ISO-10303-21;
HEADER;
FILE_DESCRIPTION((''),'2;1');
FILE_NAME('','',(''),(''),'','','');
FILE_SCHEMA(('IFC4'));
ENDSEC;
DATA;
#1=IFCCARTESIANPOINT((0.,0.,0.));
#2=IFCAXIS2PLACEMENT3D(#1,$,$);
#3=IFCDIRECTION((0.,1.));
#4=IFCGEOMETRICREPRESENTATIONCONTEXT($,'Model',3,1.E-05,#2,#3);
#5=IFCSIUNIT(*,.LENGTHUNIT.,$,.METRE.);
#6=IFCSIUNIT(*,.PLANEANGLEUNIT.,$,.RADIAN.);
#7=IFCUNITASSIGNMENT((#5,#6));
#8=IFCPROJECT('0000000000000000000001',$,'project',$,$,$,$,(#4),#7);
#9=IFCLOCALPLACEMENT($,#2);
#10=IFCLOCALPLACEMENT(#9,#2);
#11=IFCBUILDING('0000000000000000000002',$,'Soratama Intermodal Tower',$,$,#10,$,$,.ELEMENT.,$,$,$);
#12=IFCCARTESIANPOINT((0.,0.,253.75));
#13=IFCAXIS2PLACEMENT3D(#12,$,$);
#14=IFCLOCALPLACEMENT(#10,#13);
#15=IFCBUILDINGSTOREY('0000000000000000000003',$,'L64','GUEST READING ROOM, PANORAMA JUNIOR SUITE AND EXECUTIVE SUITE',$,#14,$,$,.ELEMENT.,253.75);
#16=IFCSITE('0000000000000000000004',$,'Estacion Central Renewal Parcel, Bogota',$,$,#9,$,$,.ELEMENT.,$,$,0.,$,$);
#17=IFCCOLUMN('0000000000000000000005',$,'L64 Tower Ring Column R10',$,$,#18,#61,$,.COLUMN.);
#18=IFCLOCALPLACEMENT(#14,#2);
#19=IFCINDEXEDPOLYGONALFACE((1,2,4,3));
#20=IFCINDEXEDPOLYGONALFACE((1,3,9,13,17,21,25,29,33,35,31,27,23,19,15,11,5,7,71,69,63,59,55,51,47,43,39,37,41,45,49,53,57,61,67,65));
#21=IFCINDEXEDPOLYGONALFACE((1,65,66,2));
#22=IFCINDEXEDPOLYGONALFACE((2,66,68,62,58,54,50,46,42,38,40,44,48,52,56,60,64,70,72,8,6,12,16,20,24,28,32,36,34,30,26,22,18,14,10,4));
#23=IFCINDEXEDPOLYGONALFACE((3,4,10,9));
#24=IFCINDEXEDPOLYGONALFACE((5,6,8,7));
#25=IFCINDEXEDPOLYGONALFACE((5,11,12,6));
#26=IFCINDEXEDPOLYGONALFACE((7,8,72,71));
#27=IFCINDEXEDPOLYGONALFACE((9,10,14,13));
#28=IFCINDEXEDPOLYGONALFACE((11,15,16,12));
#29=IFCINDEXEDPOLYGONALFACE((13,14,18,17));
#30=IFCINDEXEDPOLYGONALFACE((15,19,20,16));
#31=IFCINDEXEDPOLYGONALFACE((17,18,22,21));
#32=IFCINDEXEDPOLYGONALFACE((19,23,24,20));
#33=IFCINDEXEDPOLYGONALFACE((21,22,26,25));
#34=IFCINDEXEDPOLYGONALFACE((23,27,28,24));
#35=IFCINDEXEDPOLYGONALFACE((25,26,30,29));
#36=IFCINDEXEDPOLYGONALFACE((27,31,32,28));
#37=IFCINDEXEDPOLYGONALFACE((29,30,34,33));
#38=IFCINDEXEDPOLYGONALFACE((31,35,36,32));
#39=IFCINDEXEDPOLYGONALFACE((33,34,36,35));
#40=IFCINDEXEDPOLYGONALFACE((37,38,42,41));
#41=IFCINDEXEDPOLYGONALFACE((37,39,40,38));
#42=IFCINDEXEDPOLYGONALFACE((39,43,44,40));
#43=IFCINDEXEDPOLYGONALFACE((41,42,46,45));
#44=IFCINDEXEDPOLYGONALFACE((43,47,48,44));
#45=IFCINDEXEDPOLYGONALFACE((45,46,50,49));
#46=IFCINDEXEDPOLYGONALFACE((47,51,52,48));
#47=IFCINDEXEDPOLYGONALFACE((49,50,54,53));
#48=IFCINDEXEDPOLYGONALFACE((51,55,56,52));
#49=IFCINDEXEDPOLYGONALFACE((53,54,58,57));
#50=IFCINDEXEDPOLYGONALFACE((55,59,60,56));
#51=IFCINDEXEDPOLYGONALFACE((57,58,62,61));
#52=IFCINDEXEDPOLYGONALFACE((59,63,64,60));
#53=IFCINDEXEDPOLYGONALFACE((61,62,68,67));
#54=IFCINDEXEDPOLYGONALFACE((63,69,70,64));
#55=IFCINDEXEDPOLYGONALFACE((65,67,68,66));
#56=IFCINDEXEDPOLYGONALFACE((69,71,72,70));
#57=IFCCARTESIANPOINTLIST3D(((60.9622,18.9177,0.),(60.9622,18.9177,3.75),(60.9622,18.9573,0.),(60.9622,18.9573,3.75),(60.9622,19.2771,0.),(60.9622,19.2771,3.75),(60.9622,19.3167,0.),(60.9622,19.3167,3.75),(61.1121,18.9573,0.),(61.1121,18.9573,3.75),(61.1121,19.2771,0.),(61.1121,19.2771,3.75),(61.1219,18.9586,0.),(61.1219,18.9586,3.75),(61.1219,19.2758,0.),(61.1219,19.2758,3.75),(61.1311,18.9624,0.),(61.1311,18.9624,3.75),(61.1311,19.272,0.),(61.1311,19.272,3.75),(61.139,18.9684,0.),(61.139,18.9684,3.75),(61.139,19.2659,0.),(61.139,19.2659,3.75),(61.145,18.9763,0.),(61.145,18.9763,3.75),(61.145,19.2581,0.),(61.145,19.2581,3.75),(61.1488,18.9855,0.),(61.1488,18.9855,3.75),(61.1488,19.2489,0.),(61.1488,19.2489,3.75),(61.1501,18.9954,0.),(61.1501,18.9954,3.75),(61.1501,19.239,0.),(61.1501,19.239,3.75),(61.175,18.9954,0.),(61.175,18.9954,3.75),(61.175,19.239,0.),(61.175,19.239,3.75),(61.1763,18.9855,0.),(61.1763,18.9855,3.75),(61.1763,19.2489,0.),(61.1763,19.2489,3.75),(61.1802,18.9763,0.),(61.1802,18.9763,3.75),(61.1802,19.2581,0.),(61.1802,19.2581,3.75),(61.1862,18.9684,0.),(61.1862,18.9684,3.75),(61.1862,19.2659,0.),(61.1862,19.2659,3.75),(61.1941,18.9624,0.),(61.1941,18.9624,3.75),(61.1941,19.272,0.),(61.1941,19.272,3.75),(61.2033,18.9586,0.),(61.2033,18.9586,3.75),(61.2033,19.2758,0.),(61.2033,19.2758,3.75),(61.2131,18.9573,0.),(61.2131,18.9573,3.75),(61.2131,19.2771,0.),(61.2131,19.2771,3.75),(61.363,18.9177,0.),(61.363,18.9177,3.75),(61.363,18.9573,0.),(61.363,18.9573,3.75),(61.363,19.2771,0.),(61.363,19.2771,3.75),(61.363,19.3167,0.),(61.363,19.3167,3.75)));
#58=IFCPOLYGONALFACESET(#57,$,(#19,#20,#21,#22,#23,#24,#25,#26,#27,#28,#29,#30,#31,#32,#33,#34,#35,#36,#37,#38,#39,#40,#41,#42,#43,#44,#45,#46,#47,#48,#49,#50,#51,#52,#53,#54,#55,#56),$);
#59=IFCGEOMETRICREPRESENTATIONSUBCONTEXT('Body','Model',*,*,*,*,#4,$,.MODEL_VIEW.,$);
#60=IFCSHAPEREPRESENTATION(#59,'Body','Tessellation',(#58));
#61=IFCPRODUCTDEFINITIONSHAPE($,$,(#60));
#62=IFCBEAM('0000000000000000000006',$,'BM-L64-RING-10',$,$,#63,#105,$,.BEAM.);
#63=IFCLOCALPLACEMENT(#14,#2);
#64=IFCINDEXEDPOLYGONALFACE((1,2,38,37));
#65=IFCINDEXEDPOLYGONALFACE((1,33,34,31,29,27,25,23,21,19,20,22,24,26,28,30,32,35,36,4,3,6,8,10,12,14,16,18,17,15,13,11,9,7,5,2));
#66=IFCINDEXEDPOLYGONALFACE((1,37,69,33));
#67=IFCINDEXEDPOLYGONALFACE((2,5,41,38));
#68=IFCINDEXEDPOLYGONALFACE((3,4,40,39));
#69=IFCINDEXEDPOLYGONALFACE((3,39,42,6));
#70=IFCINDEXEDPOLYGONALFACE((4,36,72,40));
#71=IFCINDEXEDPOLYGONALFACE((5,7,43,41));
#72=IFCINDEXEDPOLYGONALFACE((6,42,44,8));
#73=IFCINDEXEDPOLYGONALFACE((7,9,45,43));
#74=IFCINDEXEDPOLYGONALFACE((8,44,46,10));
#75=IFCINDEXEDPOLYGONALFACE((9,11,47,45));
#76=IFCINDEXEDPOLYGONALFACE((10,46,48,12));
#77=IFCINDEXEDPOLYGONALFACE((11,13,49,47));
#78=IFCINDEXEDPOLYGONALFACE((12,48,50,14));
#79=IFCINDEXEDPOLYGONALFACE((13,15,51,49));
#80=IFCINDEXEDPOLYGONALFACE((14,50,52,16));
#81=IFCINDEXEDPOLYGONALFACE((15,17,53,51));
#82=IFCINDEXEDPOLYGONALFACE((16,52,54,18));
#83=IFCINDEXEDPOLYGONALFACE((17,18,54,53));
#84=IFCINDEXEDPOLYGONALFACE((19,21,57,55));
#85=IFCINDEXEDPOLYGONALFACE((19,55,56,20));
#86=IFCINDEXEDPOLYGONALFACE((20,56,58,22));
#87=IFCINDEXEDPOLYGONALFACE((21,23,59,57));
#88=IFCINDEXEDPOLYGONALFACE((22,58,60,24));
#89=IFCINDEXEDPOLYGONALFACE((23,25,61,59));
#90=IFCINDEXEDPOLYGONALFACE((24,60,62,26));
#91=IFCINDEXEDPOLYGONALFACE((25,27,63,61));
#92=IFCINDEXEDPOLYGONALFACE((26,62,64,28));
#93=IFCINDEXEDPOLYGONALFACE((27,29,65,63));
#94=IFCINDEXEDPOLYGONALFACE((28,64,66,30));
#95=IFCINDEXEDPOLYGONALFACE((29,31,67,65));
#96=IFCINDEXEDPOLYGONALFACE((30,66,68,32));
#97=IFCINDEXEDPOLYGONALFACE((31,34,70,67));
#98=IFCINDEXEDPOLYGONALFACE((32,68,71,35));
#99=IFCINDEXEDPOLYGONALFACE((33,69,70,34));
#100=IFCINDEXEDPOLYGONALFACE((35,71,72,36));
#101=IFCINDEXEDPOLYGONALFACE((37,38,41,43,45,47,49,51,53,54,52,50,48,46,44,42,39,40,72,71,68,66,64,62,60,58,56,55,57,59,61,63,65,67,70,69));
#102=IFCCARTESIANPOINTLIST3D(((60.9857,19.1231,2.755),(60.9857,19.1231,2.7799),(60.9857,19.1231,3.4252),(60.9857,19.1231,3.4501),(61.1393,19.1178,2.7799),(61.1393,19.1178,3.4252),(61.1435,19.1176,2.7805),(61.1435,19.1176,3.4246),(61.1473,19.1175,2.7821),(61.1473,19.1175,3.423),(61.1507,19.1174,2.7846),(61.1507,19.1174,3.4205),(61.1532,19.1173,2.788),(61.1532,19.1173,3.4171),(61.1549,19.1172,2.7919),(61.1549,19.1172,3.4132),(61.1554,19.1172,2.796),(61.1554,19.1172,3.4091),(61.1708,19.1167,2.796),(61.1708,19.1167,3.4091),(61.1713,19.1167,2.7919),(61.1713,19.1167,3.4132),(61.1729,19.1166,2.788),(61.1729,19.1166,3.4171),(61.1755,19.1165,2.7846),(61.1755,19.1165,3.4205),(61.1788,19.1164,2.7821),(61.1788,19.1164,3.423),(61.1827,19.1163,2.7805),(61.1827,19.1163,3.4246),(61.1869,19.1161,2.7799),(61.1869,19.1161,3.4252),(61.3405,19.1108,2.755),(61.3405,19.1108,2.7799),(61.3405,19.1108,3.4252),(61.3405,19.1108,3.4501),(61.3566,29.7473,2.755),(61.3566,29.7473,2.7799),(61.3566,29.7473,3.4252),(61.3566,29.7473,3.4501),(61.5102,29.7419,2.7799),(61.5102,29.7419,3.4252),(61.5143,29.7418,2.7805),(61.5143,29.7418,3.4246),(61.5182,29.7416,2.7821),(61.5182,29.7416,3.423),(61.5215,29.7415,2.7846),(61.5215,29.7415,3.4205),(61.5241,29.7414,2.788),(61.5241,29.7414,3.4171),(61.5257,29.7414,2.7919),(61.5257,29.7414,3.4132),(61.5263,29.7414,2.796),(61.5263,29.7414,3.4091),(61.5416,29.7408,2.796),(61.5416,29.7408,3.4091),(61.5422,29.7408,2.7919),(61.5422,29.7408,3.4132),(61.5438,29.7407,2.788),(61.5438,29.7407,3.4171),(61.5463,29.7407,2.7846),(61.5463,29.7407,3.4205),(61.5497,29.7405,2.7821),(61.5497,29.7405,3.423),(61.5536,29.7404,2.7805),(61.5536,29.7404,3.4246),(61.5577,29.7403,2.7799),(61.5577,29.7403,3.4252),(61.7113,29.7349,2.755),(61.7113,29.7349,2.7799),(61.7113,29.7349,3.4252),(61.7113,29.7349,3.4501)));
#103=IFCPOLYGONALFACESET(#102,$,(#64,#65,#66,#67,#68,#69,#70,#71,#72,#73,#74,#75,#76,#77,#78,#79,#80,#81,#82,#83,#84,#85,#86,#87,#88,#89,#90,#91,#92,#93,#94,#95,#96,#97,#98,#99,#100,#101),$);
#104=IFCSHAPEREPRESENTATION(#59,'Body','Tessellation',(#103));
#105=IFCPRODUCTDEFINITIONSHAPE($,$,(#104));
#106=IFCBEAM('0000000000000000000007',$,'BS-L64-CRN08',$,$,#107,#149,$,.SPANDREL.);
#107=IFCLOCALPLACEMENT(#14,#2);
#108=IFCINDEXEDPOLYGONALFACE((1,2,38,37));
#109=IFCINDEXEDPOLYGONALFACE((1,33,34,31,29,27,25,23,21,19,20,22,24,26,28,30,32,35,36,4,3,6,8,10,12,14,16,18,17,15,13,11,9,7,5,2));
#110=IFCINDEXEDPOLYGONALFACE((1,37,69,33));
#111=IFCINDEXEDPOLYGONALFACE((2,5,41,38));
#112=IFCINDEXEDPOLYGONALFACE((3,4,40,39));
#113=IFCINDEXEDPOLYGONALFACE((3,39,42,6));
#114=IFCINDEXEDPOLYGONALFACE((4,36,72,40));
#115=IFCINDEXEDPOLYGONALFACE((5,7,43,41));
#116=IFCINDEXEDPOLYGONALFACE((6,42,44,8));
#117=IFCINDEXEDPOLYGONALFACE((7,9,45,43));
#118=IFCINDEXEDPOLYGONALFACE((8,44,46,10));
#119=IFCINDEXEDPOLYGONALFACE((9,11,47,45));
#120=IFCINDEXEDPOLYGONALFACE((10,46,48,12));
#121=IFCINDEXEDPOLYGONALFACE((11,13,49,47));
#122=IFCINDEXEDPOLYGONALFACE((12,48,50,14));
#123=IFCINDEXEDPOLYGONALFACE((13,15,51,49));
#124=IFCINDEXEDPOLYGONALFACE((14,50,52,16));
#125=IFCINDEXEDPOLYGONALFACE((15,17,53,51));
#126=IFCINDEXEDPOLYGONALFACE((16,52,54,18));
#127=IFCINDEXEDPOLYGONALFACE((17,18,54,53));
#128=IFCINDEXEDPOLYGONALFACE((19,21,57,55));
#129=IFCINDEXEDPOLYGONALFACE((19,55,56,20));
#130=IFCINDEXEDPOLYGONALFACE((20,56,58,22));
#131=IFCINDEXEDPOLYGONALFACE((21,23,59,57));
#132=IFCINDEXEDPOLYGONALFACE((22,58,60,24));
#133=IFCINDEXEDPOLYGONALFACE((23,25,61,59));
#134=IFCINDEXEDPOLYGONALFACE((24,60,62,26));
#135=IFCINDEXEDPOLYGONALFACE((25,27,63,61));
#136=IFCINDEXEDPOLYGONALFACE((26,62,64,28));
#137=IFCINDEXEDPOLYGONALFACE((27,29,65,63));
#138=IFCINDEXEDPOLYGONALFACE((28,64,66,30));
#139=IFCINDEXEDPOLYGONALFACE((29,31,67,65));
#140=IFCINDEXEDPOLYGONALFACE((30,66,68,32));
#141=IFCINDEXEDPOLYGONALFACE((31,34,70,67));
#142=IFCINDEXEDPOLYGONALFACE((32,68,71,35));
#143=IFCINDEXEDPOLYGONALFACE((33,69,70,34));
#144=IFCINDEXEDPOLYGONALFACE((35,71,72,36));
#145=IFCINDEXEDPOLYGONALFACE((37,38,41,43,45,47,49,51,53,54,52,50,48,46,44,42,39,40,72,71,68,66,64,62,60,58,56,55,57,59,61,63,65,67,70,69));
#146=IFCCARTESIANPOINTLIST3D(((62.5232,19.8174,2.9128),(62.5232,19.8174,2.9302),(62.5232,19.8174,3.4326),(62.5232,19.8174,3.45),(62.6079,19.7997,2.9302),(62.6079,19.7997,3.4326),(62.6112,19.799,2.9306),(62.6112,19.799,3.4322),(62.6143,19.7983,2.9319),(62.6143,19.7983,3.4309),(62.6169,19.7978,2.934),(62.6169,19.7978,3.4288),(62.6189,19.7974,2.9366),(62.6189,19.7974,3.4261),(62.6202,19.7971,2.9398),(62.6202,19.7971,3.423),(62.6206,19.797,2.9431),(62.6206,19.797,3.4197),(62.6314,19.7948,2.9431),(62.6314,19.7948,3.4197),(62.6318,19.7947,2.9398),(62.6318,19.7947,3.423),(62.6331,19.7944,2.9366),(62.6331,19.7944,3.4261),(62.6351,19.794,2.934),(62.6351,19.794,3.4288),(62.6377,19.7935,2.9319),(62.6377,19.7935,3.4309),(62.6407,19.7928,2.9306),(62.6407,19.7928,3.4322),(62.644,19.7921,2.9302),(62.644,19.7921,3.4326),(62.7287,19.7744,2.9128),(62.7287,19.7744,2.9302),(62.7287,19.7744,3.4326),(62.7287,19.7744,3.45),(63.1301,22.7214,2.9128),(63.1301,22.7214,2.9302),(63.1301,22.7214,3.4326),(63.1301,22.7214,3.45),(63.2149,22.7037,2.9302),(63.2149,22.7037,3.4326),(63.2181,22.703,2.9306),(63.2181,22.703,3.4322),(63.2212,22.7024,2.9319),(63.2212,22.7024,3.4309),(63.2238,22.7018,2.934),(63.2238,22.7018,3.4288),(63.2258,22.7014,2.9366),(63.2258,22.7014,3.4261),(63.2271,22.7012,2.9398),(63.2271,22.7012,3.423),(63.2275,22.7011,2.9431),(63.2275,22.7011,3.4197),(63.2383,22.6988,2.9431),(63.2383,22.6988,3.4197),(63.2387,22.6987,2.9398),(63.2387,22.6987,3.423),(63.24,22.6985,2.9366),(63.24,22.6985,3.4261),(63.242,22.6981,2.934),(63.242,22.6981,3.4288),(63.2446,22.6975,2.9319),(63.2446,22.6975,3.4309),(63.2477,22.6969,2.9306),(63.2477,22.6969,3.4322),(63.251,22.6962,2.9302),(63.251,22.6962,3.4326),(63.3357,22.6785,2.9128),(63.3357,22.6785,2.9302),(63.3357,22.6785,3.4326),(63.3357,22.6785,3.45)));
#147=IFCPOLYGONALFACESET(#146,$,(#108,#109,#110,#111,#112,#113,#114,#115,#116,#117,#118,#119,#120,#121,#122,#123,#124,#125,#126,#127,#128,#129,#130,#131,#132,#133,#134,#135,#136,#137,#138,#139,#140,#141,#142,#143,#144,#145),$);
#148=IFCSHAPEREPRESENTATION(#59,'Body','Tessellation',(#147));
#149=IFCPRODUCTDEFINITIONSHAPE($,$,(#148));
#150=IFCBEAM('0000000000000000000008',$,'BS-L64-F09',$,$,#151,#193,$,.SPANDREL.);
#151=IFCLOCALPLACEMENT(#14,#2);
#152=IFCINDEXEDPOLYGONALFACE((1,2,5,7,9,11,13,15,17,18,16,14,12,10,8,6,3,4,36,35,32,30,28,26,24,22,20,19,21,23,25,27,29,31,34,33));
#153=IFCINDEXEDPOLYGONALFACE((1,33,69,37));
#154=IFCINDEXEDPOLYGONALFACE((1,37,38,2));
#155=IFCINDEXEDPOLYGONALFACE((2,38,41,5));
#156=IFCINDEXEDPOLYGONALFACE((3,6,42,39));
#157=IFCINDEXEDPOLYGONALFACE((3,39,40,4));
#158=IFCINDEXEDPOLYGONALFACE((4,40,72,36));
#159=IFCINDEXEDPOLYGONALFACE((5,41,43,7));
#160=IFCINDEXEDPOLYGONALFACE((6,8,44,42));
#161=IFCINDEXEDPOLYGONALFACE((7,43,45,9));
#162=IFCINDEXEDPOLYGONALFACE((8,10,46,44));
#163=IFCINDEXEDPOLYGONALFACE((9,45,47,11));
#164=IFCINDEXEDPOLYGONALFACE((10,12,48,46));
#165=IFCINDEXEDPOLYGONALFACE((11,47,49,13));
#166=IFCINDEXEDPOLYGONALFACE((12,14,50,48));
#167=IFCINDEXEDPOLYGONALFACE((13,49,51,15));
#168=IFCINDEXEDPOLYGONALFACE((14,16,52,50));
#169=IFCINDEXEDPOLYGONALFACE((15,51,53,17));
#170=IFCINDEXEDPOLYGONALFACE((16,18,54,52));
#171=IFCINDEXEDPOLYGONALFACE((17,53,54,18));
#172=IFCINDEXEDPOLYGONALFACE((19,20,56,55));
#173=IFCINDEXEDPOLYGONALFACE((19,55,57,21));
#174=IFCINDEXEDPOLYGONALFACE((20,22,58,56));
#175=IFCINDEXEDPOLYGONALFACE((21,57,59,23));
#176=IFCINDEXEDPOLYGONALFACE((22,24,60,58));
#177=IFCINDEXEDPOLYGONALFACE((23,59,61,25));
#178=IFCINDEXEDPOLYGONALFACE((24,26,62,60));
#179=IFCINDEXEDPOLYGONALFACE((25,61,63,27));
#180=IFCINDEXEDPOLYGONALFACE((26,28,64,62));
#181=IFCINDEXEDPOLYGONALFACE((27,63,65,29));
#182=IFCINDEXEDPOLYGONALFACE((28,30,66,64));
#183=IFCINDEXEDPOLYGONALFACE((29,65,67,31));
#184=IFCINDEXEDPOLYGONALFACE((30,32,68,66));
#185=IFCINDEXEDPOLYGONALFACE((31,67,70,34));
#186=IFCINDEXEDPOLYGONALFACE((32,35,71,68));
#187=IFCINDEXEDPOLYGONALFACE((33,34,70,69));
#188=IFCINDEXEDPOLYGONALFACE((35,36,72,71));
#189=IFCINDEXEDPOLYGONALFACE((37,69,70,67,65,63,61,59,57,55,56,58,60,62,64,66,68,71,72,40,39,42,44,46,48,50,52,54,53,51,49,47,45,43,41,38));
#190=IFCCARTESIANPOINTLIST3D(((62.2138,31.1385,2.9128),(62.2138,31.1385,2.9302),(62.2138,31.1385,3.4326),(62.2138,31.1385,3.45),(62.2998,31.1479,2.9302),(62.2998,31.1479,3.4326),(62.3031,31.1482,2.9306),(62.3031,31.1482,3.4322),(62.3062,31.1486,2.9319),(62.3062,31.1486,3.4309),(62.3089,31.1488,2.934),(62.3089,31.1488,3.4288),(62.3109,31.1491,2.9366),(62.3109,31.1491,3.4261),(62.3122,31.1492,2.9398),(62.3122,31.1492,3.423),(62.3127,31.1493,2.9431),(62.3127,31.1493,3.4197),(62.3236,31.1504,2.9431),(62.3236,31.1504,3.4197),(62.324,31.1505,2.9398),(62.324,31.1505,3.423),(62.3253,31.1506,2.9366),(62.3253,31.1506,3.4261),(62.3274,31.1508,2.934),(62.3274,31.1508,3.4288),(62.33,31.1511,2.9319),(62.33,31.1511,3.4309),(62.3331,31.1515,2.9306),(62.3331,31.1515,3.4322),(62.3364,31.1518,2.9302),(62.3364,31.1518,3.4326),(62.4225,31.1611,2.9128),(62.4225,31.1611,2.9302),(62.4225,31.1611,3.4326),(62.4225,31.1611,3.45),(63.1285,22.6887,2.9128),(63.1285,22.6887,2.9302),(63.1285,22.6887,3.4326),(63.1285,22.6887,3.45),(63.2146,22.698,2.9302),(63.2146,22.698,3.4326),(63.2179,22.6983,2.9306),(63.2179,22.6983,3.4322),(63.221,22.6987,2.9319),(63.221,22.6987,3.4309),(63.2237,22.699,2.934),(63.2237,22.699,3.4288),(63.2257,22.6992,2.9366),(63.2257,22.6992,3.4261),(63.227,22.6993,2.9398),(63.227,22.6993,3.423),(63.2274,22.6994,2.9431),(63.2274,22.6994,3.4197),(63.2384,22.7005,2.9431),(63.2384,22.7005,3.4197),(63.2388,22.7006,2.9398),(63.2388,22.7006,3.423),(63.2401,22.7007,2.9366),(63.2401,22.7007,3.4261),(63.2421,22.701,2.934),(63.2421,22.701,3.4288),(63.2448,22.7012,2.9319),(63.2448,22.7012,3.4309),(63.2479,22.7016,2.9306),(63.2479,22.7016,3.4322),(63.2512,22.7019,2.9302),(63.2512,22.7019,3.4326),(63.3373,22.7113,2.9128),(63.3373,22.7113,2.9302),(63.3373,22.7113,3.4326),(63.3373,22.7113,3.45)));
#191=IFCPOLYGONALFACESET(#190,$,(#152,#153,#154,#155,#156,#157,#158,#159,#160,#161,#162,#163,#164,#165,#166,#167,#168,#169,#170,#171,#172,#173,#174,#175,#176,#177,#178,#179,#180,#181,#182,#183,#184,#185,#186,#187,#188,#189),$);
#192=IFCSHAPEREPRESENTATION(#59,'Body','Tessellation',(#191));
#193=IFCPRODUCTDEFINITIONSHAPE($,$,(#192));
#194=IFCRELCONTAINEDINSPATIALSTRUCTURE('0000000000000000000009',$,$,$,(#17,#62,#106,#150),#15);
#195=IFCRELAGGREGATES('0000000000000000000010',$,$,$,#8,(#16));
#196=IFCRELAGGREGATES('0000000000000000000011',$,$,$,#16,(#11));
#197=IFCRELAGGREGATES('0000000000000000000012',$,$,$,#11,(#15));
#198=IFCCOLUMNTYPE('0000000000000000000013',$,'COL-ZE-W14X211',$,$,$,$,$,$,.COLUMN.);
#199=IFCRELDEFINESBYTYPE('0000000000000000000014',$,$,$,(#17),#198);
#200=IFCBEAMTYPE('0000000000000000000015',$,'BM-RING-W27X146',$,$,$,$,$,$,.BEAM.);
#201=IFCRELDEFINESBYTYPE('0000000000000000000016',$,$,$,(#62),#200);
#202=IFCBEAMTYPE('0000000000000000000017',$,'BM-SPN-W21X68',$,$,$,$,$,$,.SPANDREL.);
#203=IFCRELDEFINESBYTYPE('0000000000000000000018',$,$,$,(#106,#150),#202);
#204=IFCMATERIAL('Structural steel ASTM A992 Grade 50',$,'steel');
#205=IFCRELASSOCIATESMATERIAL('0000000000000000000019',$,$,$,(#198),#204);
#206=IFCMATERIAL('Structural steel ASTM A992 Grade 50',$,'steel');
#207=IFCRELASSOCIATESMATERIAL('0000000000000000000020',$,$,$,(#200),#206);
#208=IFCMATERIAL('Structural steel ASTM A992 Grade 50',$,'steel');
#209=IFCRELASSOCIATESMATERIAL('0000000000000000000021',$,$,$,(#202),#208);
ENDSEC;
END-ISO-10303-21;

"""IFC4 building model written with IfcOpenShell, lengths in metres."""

from ifc_helpers import new_model, si_unit, direction, frame, origin, origin_2d, place, context, subcontext, project, spatial, i_section, extrude, material, material_profile, profile_set, type_object, element, save


model = new_model("IFC4")

# Units and contexts
model_context = context("Model", 3, precision=1e-05, world=origin(), true_north=direction((0.0, 1.0)))
body_context = subcontext(model_context, "Body", "Model", "MODEL_VIEW")
ifc_project = project(units=[si_unit("LENGTHUNIT", "METRE"), si_unit("PLANEANGLEUNIT", "RADIAN")], contexts=[model_context])

# Site, building, storey
site_placement = place(None, origin())
site = spatial("IfcSite", under=ifc_project, at=site_placement, Name="Estacion Central Renewal Parcel, Bogota", CompositionType="ELEMENT", RefElevation=0.0)
building_placement = place(site_placement, origin())
building = spatial("IfcBuilding", under=site, at=building_placement, Name="Soratama Intermodal Tower", CompositionType="ELEMENT")
storey_placement = place(building_placement, frame((0.0, 0.0, 253.75)))
storey = spatial("IfcBuildingStorey", under=building, at=storey_placement, Name="L64", Description="GUEST READING ROOM, PANORAMA JUNIOR SUITE AND EXECUTIVE SUITE", CompositionType="ELEMENT", Elevation=253.75)

# Column
ifc_material_1 = material(Name="Structural steel ASTM A992 Grade 50", Category="steel")
ifc_material_profile_1 = material_profile(ifc_material_1, i_section(OverallWidth=0.4009, OverallDepth=0.3989, WebThickness=0.0249, FlangeThickness=0.0396, FilletRadius=0.0381, at=origin_2d()), Name="W14X211")
ifc_profile_set_1 = profile_set([ifc_material_profile_1], Name="Structural steel ASTM A992 Grade 50")
column_type = type_object("IfcColumnType", Name="COL-ZE-W14X211", PredefinedType="COLUMN", material=ifc_profile_set_1)
column_placement = place(storey_placement, frame((61.1626, 19.1172, 0.0), z_axis=(0.0, 0.0, 1.0), x_axis=(1.0, 0.0, 0.0)))
element("IfcColumn", 1, at=column_placement, inside=storey, type_object=column_type, Name="L64 Tower Ring Column R10", PredefinedType="COLUMN", context=body_context, shape_type="SweptSolid", body=[
    extrude(i_section(OverallWidth=0.4009, OverallDepth=0.3989, WebThickness=0.0249, FlangeThickness=0.0396, FilletRadius=0.0381, at=origin_2d()), origin(), (0.0, 0.0, 1.0), 3.75),
])

# Beams
ifc_material_2 = material(Name="Structural steel ASTM A992 Grade 50", Category="steel")
ifc_material_profile_2 = material_profile(ifc_material_2, i_section(OverallWidth=0.355, OverallDepth=0.6951, WebThickness=0.0154, FlangeThickness=0.0249, FilletRadius=0.0161, at=origin_2d()), Name="W27X146")
ifc_profile_set_2 = profile_set([ifc_material_profile_2], Name="Structural steel ASTM A992 Grade 50")
beam_type_1 = type_object("IfcBeamType", Name="BM-RING-W27X146", PredefinedType="BEAM", material=ifc_profile_set_2)
beam_1_placement = place(storey_placement, frame((61.1631, 19.1169, 3.1025), z_axis=(0.034885, 0.999391, 0.0), x_axis=(-0.999391, 0.034885, 0.0)))
element("IfcBeam", 2, at=beam_1_placement, inside=storey, type_object=beam_type_1, Name="BM-L64-RING-10", PredefinedType="BEAM", context=body_context, shape_type="SweptSolid", body=[
    extrude(i_section(OverallWidth=0.355, OverallDepth=0.6951, WebThickness=0.0154, FlangeThickness=0.0249, FilletRadius=0.0161, at=origin_2d()), origin(), (0.0, 0.0, 1.0), 10.6306),
])
ifc_material_3 = material(Name="Structural steel ASTM A992 Grade 50", Category="steel")
ifc_material_profile_3 = material_profile(ifc_material_3, i_section(OverallWidth=0.21, OverallDepth=0.5371, WebThickness=0.011, FlangeThickness=0.0173, FilletRadius=0.0129, at=origin_2d()), Name="W21X68")
ifc_profile_set_3 = profile_set([ifc_material_profile_3], Name="Structural steel ASTM A992 Grade 50")
beam_type_2 = type_object("IfcBeamType", Name="BM-SPN-W21X68", PredefinedType="SPANDREL", material=ifc_profile_set_3)
beam_2_placement = place(storey_placement, frame((62.626, 19.7959, 3.1814), z_axis=(0.204575, 0.978851, 0.0), x_axis=(-0.978851, 0.204575, 0.0)))
element("IfcBeam", 3, at=beam_2_placement, inside=storey, type_object=beam_type_2, Name="BS-L64-CRN08", PredefinedType="SPANDREL", context=body_context, shape_type="SweptSolid", body=[
    extrude(i_section(OverallWidth=0.21, OverallDepth=0.5371, WebThickness=0.011, FlangeThickness=0.0173, FilletRadius=0.0129, at=origin_2d()), origin(), (0.0, 0.0, 1.0), 2.9668),
])
beam_3_placement = place(storey_placement, frame((63.2329, 22.7, 3.1814), z_axis=(-0.107631, 0.994191, 0.0), x_axis=(-0.994191, -0.107631, 0.0)))
element("IfcBeam", 4, at=beam_3_placement, inside=storey, type_object=beam_type_2, Name="BS-L64-F09", PredefinedType="SPANDREL", context=body_context, shape_type="SweptSolid", body=[
    extrude(i_section(OverallWidth=0.21, OverallDepth=0.5371, WebThickness=0.011, FlangeThickness=0.0173, FilletRadius=0.0129, at=origin_2d()), origin(), (0.0, 0.0, 1.0), 8.4993),
])

save(model, "model.ifc")
